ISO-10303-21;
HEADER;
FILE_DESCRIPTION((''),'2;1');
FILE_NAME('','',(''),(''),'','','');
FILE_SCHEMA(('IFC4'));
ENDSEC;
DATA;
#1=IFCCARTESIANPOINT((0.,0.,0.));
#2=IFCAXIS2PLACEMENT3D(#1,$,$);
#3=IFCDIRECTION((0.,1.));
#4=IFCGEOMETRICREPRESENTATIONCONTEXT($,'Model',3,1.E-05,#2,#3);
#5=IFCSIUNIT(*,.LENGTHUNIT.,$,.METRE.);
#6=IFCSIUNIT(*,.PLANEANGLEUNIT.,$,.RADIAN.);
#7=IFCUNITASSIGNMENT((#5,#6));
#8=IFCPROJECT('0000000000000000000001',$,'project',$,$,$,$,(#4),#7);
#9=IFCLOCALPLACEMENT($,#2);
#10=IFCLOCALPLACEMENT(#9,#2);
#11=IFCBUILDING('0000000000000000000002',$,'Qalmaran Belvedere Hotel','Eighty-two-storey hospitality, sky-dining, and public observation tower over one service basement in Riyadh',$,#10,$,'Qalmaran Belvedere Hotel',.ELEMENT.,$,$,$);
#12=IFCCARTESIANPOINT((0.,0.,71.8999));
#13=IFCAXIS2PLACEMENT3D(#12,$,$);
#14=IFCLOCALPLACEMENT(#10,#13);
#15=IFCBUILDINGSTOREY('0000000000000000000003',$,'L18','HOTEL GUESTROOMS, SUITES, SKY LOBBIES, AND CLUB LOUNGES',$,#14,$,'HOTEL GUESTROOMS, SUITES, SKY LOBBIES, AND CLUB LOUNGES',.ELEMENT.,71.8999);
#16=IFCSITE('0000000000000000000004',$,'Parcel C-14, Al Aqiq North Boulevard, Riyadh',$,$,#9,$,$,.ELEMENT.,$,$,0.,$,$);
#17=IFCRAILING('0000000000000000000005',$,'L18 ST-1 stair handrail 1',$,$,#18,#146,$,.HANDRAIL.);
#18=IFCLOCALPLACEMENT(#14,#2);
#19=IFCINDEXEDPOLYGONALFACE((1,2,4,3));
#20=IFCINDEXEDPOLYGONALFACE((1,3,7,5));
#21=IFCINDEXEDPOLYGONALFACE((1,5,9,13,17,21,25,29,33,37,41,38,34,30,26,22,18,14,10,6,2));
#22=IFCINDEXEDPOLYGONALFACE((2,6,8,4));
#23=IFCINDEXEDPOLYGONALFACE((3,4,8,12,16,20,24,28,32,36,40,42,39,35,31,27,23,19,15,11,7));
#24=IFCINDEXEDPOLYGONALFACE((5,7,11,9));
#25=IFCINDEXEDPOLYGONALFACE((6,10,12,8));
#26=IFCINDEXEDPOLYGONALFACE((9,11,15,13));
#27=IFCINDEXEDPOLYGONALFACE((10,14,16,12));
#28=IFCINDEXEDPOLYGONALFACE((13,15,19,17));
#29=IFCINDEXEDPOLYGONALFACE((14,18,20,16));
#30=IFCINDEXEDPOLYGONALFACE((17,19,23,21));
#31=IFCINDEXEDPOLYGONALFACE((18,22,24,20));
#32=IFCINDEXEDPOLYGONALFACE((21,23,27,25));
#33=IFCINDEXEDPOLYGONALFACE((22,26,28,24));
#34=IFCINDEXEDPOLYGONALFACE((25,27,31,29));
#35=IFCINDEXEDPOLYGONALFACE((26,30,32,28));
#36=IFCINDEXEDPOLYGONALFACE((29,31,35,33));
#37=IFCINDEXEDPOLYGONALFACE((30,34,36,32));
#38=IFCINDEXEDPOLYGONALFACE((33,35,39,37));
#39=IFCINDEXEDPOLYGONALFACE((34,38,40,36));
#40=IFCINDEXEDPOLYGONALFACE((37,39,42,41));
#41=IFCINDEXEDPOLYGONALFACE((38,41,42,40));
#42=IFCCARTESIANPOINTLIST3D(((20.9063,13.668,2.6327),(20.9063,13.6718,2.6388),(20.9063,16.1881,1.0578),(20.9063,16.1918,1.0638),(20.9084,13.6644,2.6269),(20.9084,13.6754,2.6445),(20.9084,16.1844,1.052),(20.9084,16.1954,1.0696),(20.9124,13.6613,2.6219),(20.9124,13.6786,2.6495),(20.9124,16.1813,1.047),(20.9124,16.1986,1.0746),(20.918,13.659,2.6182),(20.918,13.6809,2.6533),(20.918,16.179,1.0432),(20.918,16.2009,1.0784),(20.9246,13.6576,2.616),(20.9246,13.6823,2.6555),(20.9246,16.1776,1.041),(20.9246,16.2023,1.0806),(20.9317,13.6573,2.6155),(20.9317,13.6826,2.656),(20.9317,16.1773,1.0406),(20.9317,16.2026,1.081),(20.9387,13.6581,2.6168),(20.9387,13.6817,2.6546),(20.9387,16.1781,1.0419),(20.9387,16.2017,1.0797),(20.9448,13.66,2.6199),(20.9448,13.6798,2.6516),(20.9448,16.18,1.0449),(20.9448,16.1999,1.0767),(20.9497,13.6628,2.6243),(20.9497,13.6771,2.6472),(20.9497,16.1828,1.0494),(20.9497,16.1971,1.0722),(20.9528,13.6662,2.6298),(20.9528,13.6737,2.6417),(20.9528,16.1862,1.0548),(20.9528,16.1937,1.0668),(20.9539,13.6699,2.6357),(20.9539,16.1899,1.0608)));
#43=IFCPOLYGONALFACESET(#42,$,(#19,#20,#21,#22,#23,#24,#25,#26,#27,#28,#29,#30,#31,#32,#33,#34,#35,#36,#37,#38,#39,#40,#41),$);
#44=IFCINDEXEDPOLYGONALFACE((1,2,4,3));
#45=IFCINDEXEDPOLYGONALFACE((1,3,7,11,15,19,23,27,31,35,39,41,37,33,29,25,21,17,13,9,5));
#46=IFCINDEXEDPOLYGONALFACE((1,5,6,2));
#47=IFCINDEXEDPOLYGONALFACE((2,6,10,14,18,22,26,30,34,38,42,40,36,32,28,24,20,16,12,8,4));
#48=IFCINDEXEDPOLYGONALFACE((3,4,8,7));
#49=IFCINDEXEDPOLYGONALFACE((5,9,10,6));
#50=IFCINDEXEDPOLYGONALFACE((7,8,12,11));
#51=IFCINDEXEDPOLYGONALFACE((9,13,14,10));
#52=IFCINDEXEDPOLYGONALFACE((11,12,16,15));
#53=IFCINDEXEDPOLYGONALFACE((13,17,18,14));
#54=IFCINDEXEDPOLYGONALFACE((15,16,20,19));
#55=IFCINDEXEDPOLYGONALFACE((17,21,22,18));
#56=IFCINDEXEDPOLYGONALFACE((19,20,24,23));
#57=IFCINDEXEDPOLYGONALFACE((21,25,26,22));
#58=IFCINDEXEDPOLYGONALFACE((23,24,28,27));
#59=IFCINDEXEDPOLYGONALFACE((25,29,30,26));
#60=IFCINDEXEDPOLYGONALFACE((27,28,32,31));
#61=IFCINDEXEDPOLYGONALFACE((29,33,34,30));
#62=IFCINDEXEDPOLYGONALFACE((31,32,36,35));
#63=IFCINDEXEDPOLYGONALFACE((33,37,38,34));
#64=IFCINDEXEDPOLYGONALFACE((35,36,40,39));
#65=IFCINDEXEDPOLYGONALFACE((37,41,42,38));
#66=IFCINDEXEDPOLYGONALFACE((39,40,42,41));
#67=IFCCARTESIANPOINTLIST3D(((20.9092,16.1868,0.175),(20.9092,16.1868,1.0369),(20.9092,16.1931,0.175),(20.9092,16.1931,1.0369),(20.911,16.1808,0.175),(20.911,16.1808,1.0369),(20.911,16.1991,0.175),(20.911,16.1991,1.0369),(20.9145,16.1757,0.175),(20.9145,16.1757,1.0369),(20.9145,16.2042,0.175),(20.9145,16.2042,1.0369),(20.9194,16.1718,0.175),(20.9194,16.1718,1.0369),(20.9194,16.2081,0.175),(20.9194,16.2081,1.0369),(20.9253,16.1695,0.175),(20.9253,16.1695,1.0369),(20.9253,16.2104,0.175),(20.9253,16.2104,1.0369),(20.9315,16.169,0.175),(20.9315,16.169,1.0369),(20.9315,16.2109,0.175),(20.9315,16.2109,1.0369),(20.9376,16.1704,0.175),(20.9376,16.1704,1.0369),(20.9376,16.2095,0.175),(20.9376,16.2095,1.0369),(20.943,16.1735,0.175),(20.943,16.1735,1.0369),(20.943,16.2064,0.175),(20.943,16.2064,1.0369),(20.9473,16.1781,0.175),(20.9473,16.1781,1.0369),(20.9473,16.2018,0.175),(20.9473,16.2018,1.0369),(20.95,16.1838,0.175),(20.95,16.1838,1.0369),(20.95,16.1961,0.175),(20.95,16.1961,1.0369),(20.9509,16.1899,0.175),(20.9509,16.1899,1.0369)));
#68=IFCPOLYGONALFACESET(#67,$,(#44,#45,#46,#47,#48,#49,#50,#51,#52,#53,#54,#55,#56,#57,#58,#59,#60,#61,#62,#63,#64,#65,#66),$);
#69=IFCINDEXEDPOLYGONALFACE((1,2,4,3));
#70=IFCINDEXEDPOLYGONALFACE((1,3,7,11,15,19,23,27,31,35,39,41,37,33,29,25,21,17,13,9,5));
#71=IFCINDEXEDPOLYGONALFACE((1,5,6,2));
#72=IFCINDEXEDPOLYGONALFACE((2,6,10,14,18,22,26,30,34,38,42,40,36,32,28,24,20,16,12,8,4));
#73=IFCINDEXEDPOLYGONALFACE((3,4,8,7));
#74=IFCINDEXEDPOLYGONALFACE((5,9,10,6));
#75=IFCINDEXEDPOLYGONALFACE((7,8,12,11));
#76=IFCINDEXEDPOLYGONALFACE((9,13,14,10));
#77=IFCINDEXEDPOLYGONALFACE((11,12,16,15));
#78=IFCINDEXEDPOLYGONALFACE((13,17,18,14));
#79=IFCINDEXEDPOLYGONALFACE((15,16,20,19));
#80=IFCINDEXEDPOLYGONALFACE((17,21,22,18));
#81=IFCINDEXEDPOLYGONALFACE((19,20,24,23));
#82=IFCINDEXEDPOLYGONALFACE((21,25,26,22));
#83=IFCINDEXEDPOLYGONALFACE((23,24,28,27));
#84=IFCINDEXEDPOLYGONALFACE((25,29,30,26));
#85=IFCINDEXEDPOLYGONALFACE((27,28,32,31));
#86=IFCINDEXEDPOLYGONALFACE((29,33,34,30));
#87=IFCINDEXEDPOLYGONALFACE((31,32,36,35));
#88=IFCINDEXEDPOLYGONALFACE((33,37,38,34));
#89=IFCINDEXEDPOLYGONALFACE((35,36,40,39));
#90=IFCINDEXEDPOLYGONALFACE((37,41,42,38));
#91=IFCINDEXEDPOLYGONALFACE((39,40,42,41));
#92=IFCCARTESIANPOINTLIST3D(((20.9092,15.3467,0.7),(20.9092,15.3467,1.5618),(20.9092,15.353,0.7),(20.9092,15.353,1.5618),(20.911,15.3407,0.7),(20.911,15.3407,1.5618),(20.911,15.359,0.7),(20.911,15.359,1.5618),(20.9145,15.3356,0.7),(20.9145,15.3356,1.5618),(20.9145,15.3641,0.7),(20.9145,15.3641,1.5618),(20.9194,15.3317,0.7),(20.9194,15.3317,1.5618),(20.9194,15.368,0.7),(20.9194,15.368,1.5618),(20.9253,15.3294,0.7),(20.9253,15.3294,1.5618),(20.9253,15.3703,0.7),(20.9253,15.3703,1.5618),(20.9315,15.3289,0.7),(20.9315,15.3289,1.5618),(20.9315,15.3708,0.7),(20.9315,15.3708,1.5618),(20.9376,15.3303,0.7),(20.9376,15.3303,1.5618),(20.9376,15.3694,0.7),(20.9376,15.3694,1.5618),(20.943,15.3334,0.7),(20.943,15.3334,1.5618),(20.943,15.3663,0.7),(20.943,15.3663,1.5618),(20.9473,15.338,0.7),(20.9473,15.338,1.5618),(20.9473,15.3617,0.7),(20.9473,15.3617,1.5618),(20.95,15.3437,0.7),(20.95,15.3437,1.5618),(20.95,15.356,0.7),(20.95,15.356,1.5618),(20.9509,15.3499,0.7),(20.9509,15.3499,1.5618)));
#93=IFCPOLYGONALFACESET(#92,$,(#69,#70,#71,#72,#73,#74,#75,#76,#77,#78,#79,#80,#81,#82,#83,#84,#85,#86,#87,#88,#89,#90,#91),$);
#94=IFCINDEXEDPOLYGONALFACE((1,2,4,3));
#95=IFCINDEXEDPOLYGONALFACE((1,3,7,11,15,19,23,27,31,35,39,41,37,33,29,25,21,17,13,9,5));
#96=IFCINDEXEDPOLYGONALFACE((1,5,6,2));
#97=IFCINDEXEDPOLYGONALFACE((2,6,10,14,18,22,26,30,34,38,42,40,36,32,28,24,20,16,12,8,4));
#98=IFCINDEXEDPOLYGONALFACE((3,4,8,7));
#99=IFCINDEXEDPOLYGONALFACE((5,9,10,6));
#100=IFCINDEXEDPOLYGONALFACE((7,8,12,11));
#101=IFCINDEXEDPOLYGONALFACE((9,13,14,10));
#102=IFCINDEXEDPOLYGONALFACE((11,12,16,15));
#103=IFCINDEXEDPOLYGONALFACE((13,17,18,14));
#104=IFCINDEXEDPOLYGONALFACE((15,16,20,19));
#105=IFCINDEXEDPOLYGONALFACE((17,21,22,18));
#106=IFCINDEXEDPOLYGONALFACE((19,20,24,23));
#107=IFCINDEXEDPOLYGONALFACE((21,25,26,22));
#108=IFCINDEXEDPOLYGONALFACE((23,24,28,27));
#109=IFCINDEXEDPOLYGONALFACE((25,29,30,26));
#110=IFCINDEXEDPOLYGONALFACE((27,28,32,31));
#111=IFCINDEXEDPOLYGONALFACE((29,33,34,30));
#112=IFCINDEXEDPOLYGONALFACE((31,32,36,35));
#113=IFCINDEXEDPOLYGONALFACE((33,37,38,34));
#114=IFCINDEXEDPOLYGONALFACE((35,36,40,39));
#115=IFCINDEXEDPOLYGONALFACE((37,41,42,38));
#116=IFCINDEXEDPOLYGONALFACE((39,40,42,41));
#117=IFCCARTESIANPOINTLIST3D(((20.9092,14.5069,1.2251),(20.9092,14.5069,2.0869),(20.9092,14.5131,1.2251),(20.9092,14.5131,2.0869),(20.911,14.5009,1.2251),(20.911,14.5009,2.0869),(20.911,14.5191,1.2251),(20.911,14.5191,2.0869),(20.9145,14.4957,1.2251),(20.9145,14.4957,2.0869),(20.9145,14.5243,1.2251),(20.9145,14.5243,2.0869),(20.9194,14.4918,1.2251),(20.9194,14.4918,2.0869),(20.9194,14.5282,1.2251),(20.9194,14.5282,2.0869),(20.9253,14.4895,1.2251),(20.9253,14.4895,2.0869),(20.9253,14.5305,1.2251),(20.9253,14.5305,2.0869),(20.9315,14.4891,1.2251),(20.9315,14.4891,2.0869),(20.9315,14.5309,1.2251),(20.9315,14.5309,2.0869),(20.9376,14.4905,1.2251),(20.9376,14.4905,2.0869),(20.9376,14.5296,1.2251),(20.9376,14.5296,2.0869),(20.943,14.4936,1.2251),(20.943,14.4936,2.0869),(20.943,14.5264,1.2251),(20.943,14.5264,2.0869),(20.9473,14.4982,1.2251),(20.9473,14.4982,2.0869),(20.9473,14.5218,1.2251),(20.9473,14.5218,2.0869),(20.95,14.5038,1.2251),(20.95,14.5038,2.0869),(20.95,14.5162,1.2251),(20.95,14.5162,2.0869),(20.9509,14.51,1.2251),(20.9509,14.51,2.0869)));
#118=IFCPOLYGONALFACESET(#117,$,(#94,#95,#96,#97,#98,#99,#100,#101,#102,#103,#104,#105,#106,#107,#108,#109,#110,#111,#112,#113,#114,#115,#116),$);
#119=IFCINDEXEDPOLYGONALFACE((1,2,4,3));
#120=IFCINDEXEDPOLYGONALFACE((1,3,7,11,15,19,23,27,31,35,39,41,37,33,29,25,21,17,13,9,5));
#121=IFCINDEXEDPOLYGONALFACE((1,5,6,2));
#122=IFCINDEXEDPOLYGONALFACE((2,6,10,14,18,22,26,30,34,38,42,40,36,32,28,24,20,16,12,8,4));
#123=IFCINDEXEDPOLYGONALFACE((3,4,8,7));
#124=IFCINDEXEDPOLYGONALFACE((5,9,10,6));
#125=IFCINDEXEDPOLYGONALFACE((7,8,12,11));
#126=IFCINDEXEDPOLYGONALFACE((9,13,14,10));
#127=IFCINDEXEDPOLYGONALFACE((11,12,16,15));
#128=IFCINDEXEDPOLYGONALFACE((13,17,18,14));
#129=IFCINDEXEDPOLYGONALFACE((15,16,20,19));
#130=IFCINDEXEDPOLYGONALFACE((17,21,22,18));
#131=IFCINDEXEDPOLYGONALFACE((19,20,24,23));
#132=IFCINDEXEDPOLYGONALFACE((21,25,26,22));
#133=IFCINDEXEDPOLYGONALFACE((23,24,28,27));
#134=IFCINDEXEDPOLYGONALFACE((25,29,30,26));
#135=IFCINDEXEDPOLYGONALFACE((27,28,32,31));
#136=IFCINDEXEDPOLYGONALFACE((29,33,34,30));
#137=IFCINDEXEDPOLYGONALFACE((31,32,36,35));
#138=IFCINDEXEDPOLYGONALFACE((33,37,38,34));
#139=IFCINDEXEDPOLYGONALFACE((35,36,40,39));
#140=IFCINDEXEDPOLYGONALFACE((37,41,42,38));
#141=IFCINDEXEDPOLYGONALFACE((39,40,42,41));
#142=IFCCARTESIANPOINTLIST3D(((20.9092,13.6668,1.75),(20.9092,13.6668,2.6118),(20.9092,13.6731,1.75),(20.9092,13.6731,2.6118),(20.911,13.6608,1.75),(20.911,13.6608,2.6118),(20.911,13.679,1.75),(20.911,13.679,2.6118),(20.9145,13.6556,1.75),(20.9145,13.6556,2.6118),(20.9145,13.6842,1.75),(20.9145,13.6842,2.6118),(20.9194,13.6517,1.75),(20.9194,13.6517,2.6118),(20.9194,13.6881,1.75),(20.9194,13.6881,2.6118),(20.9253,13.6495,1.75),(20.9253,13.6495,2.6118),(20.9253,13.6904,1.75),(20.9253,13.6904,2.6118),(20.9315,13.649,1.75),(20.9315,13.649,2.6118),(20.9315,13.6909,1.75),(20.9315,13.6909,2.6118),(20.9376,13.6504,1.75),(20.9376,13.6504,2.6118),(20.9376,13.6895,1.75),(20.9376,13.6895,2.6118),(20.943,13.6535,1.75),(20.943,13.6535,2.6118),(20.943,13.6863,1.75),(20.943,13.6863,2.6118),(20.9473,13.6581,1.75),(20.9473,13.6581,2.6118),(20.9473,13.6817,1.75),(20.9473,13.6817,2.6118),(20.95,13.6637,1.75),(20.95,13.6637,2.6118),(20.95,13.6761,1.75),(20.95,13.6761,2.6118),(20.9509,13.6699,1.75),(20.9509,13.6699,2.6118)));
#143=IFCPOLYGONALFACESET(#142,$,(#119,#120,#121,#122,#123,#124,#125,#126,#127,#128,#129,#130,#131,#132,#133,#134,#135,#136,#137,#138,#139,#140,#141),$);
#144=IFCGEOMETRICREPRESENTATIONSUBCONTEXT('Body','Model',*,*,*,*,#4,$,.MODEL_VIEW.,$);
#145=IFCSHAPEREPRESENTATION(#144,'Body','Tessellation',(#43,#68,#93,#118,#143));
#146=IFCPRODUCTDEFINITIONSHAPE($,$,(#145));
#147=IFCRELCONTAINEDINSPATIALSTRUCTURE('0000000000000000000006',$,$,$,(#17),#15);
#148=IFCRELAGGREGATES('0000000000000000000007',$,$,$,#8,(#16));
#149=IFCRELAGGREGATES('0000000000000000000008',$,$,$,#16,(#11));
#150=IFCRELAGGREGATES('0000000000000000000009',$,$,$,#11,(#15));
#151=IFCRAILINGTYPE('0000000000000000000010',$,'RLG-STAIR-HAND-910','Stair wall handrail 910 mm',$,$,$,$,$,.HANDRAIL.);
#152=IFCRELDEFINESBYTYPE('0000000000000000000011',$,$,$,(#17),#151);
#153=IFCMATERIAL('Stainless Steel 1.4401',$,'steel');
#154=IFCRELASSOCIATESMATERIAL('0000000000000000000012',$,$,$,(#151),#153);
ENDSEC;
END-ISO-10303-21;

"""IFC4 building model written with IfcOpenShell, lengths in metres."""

from ifc_helpers import new_model, si_unit, direction, frame, origin, origin_2d, place, context, subcontext, project, spatial, circle, extrude, material, type_object, element, save


model = new_model("IFC4")

# Units and contexts
model_context = context("Model", 3, precision=1e-05, world=origin(), true_north=direction((0.0, 1.0)))
body_context = subcontext(model_context, "Body", "Model", "MODEL_VIEW")
ifc_project = project(units=[si_unit("LENGTHUNIT", "METRE"), si_unit("PLANEANGLEUNIT", "RADIAN")], contexts=[model_context])

# Site, building, storey
site_placement = place(None, origin())
site = spatial("IfcSite", under=ifc_project, at=site_placement, Name="Parcel C-14, Al Aqiq North Boulevard, Riyadh", CompositionType="ELEMENT", RefElevation=0.0)
building_placement = place(site_placement, origin())
building = spatial("IfcBuilding", under=site, at=building_placement, Name="Qalmaran Belvedere Hotel", Description="Eighty-two-storey hospitality, sky-dining, and public observation tower over one service basement in Riyadh", LongName="Qalmaran Belvedere Hotel", CompositionType="ELEMENT")
storey_placement = place(building_placement, frame((0.0, 0.0, 71.8999)))
storey = spatial("IfcBuildingStorey", under=building, at=storey_placement, Name="L18", Description="HOTEL GUESTROOMS, SUITES, SKY LOBBIES, AND CLUB LOUNGES", LongName="HOTEL GUESTROOMS, SUITES, SKY LOBBIES, AND CLUB LOUNGES", CompositionType="ELEMENT", Elevation=71.8999)

# Shared definitions
ifc_material_1 = material(Name="Stainless Steel 1.4401", Category="steel")

# Railing
railing_type = type_object("IfcRailingType", Name="RLG-STAIR-HAND-910", Description="Stair wall handrail 910 mm", PredefinedType="HANDRAIL", material=ifc_material_1)
railing_placement = place(storey_placement, frame((20.9299, 16.1899, 0.175)))
element("IfcRailing", 1, at=railing_placement, inside=storey, type_object=railing_type, Name="L18 ST-1 stair handrail 1", PredefinedType="HANDRAIL", context=body_context, shape_type="SweptSolid", body=[
    extrude(circle(Radius=0.0239, at=origin_2d()), frame((0.0, 0.0, 0.8857), z_axis=(0.0, -0.848008, 0.529984), x_axis=(1.0, 0.0, 0.0)), (0.0, 0.0, 1.0), 2.9717),
    extrude(circle(Radius=0.021, at=origin_2d()), origin(), (0.0, 0.0, 1.0), 0.8618),
    extrude(circle(Radius=0.021, at=origin_2d()), frame((0.0, -0.8401, 0.5249)), (0.0, 0.0, 1.0), 0.8618),
    extrude(circle(Radius=0.021, at=origin_2d()), frame((0.0, -1.6799, 1.05)), (0.0, 0.0, 1.0), 0.8618),
    extrude(circle(Radius=0.021, at=origin_2d()), frame((0.0, -2.52, 1.575)), (0.0, 0.0, 1.0), 0.8618),
])

save(model, "model.ifc")
